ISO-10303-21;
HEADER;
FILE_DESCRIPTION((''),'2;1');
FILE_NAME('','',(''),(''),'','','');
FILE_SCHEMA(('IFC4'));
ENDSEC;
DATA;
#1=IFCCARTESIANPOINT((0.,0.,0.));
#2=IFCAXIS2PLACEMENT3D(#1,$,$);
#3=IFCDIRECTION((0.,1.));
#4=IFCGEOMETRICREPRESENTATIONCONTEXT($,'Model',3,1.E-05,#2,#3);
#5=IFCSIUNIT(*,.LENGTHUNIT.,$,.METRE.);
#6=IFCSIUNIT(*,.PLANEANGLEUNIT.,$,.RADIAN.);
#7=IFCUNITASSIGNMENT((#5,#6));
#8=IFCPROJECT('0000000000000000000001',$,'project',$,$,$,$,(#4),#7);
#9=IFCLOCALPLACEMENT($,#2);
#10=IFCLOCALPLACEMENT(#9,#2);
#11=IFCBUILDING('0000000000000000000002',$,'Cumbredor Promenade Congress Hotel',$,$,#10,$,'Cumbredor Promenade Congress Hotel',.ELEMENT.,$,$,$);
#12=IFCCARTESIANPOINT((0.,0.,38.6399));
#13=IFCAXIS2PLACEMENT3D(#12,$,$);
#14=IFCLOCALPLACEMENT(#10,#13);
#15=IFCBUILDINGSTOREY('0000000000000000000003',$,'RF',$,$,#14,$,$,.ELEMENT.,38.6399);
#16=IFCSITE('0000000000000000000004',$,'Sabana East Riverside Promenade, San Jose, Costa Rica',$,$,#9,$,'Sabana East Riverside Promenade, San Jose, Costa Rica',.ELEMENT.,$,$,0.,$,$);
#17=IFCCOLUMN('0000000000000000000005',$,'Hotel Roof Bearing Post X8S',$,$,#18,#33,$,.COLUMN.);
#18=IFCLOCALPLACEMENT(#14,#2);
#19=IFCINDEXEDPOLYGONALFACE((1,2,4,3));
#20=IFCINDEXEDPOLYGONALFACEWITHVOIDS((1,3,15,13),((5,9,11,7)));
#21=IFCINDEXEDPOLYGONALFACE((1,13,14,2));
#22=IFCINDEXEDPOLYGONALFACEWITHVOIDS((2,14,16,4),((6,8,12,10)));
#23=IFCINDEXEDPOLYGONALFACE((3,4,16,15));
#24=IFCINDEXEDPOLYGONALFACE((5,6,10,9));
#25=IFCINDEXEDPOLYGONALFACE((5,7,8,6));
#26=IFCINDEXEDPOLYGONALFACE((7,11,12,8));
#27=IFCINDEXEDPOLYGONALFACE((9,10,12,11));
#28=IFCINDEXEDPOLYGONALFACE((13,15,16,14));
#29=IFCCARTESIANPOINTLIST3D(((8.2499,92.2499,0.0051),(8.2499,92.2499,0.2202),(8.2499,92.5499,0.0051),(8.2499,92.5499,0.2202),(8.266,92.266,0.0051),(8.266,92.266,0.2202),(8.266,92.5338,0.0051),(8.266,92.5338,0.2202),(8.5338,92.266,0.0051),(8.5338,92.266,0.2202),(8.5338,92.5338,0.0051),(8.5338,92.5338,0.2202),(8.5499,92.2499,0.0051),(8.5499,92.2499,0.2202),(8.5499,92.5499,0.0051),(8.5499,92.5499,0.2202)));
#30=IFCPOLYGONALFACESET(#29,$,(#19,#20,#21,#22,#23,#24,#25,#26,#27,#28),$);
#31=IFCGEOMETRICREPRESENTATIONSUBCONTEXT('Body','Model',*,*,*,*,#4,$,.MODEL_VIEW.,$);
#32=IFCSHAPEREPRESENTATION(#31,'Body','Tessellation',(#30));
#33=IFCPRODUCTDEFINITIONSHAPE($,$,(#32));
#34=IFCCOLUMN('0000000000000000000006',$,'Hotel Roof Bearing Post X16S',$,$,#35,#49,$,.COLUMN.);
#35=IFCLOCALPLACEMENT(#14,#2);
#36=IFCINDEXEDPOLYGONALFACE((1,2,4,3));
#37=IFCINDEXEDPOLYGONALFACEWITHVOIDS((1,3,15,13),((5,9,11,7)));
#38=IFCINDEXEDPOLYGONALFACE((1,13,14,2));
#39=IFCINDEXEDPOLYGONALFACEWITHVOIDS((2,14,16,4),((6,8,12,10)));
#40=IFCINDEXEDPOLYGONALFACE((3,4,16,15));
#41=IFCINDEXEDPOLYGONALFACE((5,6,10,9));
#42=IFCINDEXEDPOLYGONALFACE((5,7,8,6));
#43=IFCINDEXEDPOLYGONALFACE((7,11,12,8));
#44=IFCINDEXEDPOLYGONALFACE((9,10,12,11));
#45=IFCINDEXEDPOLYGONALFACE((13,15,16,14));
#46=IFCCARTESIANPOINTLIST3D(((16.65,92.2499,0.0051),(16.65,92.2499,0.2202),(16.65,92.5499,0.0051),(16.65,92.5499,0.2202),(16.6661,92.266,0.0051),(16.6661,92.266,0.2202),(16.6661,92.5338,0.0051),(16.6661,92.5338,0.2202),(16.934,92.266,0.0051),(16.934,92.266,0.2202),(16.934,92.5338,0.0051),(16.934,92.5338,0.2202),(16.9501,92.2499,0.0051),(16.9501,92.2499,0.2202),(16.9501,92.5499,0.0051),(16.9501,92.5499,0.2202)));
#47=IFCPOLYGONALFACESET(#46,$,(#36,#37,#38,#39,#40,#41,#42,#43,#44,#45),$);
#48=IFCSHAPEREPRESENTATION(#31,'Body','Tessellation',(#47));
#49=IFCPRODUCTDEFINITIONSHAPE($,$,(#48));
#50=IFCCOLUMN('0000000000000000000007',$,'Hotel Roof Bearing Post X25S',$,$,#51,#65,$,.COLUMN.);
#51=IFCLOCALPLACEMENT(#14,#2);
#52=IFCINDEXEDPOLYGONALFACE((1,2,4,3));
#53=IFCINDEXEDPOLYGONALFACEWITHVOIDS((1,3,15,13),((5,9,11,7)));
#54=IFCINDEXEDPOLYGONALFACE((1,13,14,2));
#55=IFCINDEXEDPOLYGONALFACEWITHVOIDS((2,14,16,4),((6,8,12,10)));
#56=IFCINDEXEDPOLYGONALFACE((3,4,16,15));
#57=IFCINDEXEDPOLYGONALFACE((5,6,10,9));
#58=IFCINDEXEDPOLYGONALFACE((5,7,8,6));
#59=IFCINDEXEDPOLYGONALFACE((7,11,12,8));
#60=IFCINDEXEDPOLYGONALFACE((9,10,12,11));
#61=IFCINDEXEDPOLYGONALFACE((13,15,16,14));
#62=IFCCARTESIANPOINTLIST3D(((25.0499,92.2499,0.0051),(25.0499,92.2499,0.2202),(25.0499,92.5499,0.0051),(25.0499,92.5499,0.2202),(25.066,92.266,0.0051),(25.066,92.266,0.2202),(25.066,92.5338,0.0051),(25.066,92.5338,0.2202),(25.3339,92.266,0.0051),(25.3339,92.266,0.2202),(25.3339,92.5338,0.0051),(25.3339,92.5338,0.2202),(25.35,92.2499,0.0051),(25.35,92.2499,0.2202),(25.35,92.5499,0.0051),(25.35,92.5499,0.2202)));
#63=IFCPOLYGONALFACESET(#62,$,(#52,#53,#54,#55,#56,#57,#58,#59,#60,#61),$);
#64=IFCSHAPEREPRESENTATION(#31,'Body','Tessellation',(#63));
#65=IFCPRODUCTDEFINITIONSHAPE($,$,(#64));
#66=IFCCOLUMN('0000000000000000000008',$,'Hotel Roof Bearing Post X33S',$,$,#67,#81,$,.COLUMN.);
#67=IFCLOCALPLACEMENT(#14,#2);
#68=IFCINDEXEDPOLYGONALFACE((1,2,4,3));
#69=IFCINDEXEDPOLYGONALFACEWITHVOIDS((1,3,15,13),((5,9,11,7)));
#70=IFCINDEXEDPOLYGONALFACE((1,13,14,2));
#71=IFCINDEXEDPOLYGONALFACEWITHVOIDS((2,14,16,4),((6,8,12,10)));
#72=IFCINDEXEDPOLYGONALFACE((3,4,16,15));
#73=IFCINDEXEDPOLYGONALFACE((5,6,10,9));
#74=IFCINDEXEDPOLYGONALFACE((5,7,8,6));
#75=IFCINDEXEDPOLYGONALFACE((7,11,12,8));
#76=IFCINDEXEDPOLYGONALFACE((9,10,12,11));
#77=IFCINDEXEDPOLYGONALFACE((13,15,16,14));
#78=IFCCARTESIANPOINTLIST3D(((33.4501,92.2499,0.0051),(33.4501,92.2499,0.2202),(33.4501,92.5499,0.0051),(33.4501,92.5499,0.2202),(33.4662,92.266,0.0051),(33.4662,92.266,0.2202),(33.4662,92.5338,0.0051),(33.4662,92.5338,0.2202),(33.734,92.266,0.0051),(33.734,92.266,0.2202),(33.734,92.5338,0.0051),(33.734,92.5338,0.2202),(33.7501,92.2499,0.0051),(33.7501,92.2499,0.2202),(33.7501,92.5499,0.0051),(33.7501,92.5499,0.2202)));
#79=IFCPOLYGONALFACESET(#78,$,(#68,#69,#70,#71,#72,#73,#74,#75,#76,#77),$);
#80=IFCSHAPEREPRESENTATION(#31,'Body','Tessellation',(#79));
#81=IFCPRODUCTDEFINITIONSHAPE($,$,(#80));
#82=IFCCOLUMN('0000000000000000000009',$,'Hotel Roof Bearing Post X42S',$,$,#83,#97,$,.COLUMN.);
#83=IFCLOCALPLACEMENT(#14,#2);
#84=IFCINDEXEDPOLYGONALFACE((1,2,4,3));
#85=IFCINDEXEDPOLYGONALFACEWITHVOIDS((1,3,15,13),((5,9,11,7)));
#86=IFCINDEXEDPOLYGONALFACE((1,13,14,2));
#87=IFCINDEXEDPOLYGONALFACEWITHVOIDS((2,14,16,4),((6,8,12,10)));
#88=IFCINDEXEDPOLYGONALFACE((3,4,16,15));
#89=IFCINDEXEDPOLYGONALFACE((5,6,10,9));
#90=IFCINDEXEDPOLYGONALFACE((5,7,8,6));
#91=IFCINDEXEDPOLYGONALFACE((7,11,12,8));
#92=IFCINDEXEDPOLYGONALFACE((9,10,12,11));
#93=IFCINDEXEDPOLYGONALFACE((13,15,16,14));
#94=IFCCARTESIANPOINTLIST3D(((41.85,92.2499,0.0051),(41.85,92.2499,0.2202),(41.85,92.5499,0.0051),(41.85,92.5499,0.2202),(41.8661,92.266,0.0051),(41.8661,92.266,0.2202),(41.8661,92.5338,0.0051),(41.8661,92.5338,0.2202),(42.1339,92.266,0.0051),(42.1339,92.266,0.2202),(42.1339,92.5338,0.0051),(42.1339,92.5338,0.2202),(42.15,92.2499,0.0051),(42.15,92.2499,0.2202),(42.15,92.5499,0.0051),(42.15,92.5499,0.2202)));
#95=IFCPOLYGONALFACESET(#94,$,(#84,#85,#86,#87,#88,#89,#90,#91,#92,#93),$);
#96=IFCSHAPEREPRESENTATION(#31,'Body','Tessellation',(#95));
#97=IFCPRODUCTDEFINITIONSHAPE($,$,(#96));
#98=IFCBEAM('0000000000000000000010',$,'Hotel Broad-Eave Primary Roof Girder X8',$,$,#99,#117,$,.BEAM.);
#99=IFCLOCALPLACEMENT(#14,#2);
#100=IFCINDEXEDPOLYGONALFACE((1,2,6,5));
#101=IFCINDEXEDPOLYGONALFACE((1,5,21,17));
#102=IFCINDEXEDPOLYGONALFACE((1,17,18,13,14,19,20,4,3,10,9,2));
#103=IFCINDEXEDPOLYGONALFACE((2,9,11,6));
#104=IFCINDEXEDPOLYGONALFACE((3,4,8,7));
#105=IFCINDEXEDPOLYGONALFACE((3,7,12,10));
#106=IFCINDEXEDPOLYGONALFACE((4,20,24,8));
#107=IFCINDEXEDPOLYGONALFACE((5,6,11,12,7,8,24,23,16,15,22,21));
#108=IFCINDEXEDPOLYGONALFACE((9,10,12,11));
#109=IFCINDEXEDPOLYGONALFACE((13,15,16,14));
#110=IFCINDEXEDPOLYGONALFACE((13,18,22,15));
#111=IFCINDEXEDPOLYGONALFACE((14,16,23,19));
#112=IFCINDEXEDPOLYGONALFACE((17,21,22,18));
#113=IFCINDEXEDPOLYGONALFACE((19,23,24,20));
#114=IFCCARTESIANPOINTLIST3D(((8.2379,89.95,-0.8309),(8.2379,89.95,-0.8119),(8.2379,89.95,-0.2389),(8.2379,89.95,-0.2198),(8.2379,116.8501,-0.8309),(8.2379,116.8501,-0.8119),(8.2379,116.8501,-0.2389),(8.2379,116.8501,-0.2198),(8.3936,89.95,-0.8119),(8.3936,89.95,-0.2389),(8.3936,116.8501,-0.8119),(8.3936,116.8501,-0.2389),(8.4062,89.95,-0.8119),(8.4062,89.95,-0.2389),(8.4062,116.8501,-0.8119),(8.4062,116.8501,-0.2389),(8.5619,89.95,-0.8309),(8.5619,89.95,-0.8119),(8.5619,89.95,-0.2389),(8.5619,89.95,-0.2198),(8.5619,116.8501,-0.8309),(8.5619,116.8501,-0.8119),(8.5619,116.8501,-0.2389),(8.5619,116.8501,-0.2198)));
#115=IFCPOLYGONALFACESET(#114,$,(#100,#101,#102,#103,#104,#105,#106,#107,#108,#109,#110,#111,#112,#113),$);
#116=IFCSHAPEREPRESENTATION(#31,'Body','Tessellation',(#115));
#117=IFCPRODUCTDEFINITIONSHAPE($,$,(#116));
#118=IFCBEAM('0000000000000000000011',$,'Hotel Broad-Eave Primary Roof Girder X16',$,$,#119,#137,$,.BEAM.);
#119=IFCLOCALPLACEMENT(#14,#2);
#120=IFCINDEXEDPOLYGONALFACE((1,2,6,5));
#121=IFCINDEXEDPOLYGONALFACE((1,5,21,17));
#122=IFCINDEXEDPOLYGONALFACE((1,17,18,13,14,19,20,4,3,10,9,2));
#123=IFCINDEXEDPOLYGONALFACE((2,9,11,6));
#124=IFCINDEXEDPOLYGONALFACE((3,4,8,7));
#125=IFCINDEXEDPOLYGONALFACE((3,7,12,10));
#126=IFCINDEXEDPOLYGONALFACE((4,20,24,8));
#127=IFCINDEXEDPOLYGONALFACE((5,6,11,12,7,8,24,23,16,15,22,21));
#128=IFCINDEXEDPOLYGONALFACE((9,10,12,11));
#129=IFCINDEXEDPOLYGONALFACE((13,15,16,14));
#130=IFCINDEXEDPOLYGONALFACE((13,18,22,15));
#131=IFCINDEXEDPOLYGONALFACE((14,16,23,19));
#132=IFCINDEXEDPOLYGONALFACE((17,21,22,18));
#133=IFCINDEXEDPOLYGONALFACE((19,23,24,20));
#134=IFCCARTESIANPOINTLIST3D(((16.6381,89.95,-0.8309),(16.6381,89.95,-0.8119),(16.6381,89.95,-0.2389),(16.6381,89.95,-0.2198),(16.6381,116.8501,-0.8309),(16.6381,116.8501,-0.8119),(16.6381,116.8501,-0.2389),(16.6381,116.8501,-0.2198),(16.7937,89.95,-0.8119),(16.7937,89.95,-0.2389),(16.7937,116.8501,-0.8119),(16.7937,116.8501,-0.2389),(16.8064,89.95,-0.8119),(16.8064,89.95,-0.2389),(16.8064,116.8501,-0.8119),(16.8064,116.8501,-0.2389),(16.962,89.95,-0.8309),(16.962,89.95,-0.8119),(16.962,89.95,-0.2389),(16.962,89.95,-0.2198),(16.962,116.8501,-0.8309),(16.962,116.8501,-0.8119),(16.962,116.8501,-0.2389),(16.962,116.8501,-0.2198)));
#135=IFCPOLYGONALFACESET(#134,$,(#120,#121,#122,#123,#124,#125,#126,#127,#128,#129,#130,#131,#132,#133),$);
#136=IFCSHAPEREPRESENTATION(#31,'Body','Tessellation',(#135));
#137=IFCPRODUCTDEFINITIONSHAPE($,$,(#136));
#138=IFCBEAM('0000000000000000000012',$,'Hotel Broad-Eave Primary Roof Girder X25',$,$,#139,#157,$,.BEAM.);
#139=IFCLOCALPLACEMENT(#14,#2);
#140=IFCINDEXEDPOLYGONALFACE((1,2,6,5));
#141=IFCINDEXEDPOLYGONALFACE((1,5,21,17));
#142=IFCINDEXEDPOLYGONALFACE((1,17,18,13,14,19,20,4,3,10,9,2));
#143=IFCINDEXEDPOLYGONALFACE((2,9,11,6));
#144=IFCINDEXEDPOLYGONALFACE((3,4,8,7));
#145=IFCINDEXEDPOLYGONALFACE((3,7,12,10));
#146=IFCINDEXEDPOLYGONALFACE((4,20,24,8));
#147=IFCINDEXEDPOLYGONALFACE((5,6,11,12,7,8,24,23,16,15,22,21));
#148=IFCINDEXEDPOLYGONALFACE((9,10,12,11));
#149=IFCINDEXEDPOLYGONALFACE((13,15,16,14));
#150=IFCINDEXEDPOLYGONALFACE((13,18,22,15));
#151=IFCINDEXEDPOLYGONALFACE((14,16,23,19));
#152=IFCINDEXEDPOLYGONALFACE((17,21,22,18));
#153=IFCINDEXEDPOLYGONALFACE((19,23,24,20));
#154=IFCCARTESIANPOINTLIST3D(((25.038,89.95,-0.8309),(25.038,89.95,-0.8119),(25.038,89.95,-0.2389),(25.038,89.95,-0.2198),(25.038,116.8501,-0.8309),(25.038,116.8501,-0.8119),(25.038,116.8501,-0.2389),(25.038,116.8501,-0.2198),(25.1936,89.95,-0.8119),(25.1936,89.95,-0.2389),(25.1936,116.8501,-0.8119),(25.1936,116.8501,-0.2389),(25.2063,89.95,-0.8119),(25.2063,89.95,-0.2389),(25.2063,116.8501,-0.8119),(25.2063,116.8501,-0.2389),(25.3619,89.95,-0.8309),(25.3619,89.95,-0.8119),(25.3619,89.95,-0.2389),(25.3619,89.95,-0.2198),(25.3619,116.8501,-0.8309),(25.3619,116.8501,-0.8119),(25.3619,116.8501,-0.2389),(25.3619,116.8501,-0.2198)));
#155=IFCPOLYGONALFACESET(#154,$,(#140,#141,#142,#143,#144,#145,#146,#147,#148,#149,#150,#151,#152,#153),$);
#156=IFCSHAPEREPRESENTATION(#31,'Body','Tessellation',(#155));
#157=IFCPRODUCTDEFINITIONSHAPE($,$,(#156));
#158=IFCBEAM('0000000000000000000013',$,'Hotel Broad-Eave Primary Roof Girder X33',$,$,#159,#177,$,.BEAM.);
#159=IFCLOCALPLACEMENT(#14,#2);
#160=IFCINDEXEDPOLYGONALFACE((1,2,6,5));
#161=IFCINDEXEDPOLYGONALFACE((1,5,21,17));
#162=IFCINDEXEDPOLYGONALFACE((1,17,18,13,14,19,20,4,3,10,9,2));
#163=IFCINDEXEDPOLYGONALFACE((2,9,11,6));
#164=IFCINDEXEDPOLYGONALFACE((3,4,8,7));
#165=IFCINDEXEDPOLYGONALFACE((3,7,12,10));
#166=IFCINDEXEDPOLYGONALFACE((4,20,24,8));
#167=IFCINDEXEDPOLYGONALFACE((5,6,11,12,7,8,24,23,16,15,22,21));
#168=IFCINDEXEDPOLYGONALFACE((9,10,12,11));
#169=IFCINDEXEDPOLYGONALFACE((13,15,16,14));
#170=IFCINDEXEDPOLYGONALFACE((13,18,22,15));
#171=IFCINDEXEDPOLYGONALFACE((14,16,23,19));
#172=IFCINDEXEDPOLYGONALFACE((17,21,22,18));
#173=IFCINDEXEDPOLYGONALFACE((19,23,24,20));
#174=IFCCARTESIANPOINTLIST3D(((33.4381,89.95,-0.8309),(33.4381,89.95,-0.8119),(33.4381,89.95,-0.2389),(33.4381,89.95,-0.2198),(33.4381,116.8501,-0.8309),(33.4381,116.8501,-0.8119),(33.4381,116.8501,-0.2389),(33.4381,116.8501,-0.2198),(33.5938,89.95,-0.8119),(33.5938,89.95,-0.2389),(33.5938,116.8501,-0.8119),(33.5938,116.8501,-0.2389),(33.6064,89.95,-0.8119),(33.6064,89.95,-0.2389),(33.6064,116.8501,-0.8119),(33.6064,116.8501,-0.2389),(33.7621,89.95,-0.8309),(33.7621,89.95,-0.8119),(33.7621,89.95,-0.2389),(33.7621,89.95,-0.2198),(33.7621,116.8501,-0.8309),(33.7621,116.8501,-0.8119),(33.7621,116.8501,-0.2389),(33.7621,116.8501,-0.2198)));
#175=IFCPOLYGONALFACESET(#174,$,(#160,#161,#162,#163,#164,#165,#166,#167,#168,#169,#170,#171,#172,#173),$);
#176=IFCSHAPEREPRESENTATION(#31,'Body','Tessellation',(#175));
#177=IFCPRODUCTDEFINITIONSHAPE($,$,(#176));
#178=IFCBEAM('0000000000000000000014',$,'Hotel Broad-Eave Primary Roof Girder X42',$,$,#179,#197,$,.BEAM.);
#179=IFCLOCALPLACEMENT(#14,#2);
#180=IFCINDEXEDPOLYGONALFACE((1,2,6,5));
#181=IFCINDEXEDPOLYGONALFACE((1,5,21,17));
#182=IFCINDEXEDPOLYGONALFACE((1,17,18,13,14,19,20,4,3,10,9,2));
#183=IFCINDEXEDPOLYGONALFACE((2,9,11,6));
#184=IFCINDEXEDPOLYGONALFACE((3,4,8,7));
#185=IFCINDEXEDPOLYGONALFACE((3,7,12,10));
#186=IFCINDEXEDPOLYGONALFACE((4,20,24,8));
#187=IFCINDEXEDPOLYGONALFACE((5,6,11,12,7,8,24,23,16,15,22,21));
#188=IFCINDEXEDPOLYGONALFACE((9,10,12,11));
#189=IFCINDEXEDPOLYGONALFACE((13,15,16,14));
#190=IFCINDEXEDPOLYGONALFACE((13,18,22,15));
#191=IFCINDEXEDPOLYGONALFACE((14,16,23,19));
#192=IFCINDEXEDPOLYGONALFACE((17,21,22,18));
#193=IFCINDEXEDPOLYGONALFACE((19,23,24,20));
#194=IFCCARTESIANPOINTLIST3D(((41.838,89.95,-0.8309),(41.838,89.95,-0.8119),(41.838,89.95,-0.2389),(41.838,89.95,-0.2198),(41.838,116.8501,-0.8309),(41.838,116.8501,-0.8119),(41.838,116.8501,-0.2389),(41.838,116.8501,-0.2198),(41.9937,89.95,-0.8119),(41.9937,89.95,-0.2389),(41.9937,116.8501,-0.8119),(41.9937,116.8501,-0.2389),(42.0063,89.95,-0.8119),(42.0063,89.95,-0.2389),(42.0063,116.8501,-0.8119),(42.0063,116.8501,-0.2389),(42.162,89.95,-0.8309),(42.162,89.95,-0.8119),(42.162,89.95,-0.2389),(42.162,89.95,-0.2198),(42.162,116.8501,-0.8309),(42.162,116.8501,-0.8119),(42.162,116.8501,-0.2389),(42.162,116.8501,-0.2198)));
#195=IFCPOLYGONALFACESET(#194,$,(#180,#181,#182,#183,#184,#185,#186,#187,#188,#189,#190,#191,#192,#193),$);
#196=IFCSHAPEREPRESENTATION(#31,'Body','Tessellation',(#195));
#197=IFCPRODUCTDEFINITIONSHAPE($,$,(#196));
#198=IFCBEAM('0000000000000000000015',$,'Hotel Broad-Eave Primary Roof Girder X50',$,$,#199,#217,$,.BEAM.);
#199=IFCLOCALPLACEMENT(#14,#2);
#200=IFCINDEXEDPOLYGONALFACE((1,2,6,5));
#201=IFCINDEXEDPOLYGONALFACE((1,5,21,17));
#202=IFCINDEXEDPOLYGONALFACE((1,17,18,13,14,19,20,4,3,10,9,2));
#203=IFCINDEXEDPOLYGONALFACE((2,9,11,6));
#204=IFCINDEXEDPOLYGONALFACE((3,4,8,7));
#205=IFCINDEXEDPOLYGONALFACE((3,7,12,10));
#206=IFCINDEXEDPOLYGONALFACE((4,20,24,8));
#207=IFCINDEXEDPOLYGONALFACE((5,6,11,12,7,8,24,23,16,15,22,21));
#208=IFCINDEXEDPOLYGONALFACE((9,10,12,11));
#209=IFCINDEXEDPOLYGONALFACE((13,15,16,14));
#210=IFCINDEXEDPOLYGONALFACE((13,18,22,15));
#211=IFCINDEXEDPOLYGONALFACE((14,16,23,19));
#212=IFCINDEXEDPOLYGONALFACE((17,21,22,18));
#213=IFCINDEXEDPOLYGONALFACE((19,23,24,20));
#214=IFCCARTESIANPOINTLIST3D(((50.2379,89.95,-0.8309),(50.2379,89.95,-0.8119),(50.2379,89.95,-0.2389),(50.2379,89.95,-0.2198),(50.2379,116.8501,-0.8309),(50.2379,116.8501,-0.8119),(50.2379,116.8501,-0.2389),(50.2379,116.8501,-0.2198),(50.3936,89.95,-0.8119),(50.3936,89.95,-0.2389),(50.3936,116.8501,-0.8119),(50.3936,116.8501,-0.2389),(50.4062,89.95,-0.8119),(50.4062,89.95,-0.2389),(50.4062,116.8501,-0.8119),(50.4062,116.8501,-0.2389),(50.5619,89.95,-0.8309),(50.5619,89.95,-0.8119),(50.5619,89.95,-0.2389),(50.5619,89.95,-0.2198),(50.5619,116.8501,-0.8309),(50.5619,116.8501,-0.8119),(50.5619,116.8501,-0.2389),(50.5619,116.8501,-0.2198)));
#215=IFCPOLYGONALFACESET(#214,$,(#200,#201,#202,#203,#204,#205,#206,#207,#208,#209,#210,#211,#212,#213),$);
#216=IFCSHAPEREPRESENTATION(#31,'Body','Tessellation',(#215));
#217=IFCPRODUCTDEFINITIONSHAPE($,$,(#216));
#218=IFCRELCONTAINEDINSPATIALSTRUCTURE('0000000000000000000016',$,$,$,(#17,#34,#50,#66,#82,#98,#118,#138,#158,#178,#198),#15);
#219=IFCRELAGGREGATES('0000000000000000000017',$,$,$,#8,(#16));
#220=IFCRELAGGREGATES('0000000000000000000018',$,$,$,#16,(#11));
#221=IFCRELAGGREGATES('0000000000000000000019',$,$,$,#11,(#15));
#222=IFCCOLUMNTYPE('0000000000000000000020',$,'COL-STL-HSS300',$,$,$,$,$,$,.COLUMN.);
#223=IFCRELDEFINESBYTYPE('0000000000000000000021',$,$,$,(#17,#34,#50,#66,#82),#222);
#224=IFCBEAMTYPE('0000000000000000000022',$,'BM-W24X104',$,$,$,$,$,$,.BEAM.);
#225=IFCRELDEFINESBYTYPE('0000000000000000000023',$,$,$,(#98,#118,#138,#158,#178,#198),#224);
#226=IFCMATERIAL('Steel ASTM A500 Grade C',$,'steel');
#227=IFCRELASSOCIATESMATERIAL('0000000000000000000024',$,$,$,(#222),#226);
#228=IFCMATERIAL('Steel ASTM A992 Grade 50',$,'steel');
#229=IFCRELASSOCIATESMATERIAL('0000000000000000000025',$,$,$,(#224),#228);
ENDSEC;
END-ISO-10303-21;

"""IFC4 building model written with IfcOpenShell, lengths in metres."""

from ifc_helpers import new_model, si_unit, direction, frame, origin, origin_2d, place, context, subcontext, project, spatial, hollow_rectangle, i_section, extrude, material, material_profile, profile_set, type_object, element, save


model = new_model("IFC4")

# Units and contexts
model_context = context("Model", 3, precision=1e-05, world=origin(), true_north=direction((0.0, 1.0)))
body_context = subcontext(model_context, "Body", "Model", "MODEL_VIEW")
ifc_project = project(units=[si_unit("LENGTHUNIT", "METRE"), si_unit("PLANEANGLEUNIT", "RADIAN")], contexts=[model_context])

# Site, building, storey
site_placement = place(None, origin())
site = spatial("IfcSite", under=ifc_project, at=site_placement, Name="Sabana East Riverside Promenade, San Jose, Costa Rica", LongName="Sabana East Riverside Promenade, San Jose, Costa Rica", CompositionType="ELEMENT", RefElevation=0.0)
building_placement = place(site_placement, origin())
building = spatial("IfcBuilding", under=site, at=building_placement, Name="Cumbredor Promenade Congress Hotel", LongName="Cumbredor Promenade Congress Hotel", CompositionType="ELEMENT")
storey_placement = place(building_placement, frame((0.0, 0.0, 38.6399)))
storey = spatial("IfcBuildingStorey", under=building, at=storey_placement, Name="RF", CompositionType="ELEMENT", Elevation=38.6399)

# Columns
ifc_material_1 = material(Name="Steel ASTM A500 Grade C", Category="steel")
ifc_material_profile_1 = material_profile(ifc_material_1, hollow_rectangle(XDim=0.3, YDim=0.3, WallThickness=0.0161, at=origin_2d()), Name="HSS 300x300x16")
ifc_profile_set_1 = profile_set([ifc_material_profile_1], Name="Steel ASTM A500 Grade C")
column_type = type_object("IfcColumnType", Name="COL-STL-HSS300", PredefinedType="COLUMN", material=ifc_profile_set_1)
for number, where, z_axis, x_axis, name in (
    (1, (8.3999, 92.3999, 0.0051), (0.0, 0.0, 1.0), (1.0, 0.0, 0.0), "Hotel Roof Bearing Post X8S"),
    (2, (16.8, 92.3999, 0.0051), (0.0, 0.0, 1.0), (1.0, 0.0, 0.0), "Hotel Roof Bearing Post X16S"),
    (3, (25.2, 92.3999, 0.0051), (0.0, 0.0, 1.0), (1.0, 0.0, 0.0), "Hotel Roof Bearing Post X25S"),
    (4, (33.6001, 92.3999, 0.0051), (0.0, 0.0, 1.0), (1.0, 0.0, 0.0), "Hotel Roof Bearing Post X33S"),
    (5, (42.0, 92.3999, 0.0051), (0.0, 0.0, 1.0), (1.0, 0.0, 0.0), "Hotel Roof Bearing Post X42S"),
):
    element("IfcColumn", number, at=place(storey_placement, frame(where, z_axis=z_axis, x_axis=x_axis)), inside=storey, type_object=column_type, Name=name, PredefinedType="COLUMN", context=body_context, shape_type="SweptSolid", body=[
        extrude(hollow_rectangle(XDim=0.3, YDim=0.3, WallThickness=0.0161, at=origin_2d()), origin(), (0.0, 0.0, 1.0), 0.2151),
    ])

# Beams
ifc_material_2 = material(Name="Steel ASTM A992 Grade 50", Category="steel")
ifc_material_profile_2 = material_profile(ifc_material_2, i_section(OverallWidth=0.324, OverallDepth=0.6111, WebThickness=0.0127, FlangeThickness=0.019, at=origin_2d()), Name="W24X104")
ifc_profile_set_2 = profile_set([ifc_material_profile_2], Name="Steel ASTM A992 Grade 50")
beam_type = type_object("IfcBeamType", Name="BM-W24X104", PredefinedType="BEAM", material=ifc_profile_set_2)
for number, where, z_axis, x_axis, name in (
    (6, (8.3999, 89.95, -0.5254), (0.0, 1.0, 0.0), (-1.0, 0.0, 0.0), "Hotel Broad-Eave Primary Roof Girder X8"),
    (7, (16.8, 89.95, -0.5254), (0.0, 1.0, 0.0), (-1.0, 0.0, 0.0), "Hotel Broad-Eave Primary Roof Girder X16"),
    (8, (25.2, 89.95, -0.5254), (0.0, 1.0, 0.0), (-1.0, 0.0, 0.0), "Hotel Broad-Eave Primary Roof Girder X25"),
    (9, (33.6001, 89.95, -0.5254), (0.0, 1.0, 0.0), (-1.0, 0.0, 0.0), "Hotel Broad-Eave Primary Roof Girder X33"),
    (10, (42.0, 89.95, -0.5254), (0.0, 1.0, 0.0), (-1.0, 0.0, 0.0), "Hotel Broad-Eave Primary Roof Girder X42"),
    (11, (50.3999, 89.95, -0.5254), (0.0, 1.0, 0.0), (-1.0, 0.0, 0.0), "Hotel Broad-Eave Primary Roof Girder X50"),
):
    element("IfcBeam", number, at=place(storey_placement, frame(where, z_axis=z_axis, x_axis=x_axis)), inside=storey, type_object=beam_type, Name=name, PredefinedType="BEAM", context=body_context, shape_type="SweptSolid", body=[
        extrude(i_section(OverallWidth=0.324, OverallDepth=0.6111, WebThickness=0.0127, FlangeThickness=0.019, at=origin_2d()), origin(), (0.0, 0.0, 1.0), 26.9001),
    ])

save(model, "model.ifc")
